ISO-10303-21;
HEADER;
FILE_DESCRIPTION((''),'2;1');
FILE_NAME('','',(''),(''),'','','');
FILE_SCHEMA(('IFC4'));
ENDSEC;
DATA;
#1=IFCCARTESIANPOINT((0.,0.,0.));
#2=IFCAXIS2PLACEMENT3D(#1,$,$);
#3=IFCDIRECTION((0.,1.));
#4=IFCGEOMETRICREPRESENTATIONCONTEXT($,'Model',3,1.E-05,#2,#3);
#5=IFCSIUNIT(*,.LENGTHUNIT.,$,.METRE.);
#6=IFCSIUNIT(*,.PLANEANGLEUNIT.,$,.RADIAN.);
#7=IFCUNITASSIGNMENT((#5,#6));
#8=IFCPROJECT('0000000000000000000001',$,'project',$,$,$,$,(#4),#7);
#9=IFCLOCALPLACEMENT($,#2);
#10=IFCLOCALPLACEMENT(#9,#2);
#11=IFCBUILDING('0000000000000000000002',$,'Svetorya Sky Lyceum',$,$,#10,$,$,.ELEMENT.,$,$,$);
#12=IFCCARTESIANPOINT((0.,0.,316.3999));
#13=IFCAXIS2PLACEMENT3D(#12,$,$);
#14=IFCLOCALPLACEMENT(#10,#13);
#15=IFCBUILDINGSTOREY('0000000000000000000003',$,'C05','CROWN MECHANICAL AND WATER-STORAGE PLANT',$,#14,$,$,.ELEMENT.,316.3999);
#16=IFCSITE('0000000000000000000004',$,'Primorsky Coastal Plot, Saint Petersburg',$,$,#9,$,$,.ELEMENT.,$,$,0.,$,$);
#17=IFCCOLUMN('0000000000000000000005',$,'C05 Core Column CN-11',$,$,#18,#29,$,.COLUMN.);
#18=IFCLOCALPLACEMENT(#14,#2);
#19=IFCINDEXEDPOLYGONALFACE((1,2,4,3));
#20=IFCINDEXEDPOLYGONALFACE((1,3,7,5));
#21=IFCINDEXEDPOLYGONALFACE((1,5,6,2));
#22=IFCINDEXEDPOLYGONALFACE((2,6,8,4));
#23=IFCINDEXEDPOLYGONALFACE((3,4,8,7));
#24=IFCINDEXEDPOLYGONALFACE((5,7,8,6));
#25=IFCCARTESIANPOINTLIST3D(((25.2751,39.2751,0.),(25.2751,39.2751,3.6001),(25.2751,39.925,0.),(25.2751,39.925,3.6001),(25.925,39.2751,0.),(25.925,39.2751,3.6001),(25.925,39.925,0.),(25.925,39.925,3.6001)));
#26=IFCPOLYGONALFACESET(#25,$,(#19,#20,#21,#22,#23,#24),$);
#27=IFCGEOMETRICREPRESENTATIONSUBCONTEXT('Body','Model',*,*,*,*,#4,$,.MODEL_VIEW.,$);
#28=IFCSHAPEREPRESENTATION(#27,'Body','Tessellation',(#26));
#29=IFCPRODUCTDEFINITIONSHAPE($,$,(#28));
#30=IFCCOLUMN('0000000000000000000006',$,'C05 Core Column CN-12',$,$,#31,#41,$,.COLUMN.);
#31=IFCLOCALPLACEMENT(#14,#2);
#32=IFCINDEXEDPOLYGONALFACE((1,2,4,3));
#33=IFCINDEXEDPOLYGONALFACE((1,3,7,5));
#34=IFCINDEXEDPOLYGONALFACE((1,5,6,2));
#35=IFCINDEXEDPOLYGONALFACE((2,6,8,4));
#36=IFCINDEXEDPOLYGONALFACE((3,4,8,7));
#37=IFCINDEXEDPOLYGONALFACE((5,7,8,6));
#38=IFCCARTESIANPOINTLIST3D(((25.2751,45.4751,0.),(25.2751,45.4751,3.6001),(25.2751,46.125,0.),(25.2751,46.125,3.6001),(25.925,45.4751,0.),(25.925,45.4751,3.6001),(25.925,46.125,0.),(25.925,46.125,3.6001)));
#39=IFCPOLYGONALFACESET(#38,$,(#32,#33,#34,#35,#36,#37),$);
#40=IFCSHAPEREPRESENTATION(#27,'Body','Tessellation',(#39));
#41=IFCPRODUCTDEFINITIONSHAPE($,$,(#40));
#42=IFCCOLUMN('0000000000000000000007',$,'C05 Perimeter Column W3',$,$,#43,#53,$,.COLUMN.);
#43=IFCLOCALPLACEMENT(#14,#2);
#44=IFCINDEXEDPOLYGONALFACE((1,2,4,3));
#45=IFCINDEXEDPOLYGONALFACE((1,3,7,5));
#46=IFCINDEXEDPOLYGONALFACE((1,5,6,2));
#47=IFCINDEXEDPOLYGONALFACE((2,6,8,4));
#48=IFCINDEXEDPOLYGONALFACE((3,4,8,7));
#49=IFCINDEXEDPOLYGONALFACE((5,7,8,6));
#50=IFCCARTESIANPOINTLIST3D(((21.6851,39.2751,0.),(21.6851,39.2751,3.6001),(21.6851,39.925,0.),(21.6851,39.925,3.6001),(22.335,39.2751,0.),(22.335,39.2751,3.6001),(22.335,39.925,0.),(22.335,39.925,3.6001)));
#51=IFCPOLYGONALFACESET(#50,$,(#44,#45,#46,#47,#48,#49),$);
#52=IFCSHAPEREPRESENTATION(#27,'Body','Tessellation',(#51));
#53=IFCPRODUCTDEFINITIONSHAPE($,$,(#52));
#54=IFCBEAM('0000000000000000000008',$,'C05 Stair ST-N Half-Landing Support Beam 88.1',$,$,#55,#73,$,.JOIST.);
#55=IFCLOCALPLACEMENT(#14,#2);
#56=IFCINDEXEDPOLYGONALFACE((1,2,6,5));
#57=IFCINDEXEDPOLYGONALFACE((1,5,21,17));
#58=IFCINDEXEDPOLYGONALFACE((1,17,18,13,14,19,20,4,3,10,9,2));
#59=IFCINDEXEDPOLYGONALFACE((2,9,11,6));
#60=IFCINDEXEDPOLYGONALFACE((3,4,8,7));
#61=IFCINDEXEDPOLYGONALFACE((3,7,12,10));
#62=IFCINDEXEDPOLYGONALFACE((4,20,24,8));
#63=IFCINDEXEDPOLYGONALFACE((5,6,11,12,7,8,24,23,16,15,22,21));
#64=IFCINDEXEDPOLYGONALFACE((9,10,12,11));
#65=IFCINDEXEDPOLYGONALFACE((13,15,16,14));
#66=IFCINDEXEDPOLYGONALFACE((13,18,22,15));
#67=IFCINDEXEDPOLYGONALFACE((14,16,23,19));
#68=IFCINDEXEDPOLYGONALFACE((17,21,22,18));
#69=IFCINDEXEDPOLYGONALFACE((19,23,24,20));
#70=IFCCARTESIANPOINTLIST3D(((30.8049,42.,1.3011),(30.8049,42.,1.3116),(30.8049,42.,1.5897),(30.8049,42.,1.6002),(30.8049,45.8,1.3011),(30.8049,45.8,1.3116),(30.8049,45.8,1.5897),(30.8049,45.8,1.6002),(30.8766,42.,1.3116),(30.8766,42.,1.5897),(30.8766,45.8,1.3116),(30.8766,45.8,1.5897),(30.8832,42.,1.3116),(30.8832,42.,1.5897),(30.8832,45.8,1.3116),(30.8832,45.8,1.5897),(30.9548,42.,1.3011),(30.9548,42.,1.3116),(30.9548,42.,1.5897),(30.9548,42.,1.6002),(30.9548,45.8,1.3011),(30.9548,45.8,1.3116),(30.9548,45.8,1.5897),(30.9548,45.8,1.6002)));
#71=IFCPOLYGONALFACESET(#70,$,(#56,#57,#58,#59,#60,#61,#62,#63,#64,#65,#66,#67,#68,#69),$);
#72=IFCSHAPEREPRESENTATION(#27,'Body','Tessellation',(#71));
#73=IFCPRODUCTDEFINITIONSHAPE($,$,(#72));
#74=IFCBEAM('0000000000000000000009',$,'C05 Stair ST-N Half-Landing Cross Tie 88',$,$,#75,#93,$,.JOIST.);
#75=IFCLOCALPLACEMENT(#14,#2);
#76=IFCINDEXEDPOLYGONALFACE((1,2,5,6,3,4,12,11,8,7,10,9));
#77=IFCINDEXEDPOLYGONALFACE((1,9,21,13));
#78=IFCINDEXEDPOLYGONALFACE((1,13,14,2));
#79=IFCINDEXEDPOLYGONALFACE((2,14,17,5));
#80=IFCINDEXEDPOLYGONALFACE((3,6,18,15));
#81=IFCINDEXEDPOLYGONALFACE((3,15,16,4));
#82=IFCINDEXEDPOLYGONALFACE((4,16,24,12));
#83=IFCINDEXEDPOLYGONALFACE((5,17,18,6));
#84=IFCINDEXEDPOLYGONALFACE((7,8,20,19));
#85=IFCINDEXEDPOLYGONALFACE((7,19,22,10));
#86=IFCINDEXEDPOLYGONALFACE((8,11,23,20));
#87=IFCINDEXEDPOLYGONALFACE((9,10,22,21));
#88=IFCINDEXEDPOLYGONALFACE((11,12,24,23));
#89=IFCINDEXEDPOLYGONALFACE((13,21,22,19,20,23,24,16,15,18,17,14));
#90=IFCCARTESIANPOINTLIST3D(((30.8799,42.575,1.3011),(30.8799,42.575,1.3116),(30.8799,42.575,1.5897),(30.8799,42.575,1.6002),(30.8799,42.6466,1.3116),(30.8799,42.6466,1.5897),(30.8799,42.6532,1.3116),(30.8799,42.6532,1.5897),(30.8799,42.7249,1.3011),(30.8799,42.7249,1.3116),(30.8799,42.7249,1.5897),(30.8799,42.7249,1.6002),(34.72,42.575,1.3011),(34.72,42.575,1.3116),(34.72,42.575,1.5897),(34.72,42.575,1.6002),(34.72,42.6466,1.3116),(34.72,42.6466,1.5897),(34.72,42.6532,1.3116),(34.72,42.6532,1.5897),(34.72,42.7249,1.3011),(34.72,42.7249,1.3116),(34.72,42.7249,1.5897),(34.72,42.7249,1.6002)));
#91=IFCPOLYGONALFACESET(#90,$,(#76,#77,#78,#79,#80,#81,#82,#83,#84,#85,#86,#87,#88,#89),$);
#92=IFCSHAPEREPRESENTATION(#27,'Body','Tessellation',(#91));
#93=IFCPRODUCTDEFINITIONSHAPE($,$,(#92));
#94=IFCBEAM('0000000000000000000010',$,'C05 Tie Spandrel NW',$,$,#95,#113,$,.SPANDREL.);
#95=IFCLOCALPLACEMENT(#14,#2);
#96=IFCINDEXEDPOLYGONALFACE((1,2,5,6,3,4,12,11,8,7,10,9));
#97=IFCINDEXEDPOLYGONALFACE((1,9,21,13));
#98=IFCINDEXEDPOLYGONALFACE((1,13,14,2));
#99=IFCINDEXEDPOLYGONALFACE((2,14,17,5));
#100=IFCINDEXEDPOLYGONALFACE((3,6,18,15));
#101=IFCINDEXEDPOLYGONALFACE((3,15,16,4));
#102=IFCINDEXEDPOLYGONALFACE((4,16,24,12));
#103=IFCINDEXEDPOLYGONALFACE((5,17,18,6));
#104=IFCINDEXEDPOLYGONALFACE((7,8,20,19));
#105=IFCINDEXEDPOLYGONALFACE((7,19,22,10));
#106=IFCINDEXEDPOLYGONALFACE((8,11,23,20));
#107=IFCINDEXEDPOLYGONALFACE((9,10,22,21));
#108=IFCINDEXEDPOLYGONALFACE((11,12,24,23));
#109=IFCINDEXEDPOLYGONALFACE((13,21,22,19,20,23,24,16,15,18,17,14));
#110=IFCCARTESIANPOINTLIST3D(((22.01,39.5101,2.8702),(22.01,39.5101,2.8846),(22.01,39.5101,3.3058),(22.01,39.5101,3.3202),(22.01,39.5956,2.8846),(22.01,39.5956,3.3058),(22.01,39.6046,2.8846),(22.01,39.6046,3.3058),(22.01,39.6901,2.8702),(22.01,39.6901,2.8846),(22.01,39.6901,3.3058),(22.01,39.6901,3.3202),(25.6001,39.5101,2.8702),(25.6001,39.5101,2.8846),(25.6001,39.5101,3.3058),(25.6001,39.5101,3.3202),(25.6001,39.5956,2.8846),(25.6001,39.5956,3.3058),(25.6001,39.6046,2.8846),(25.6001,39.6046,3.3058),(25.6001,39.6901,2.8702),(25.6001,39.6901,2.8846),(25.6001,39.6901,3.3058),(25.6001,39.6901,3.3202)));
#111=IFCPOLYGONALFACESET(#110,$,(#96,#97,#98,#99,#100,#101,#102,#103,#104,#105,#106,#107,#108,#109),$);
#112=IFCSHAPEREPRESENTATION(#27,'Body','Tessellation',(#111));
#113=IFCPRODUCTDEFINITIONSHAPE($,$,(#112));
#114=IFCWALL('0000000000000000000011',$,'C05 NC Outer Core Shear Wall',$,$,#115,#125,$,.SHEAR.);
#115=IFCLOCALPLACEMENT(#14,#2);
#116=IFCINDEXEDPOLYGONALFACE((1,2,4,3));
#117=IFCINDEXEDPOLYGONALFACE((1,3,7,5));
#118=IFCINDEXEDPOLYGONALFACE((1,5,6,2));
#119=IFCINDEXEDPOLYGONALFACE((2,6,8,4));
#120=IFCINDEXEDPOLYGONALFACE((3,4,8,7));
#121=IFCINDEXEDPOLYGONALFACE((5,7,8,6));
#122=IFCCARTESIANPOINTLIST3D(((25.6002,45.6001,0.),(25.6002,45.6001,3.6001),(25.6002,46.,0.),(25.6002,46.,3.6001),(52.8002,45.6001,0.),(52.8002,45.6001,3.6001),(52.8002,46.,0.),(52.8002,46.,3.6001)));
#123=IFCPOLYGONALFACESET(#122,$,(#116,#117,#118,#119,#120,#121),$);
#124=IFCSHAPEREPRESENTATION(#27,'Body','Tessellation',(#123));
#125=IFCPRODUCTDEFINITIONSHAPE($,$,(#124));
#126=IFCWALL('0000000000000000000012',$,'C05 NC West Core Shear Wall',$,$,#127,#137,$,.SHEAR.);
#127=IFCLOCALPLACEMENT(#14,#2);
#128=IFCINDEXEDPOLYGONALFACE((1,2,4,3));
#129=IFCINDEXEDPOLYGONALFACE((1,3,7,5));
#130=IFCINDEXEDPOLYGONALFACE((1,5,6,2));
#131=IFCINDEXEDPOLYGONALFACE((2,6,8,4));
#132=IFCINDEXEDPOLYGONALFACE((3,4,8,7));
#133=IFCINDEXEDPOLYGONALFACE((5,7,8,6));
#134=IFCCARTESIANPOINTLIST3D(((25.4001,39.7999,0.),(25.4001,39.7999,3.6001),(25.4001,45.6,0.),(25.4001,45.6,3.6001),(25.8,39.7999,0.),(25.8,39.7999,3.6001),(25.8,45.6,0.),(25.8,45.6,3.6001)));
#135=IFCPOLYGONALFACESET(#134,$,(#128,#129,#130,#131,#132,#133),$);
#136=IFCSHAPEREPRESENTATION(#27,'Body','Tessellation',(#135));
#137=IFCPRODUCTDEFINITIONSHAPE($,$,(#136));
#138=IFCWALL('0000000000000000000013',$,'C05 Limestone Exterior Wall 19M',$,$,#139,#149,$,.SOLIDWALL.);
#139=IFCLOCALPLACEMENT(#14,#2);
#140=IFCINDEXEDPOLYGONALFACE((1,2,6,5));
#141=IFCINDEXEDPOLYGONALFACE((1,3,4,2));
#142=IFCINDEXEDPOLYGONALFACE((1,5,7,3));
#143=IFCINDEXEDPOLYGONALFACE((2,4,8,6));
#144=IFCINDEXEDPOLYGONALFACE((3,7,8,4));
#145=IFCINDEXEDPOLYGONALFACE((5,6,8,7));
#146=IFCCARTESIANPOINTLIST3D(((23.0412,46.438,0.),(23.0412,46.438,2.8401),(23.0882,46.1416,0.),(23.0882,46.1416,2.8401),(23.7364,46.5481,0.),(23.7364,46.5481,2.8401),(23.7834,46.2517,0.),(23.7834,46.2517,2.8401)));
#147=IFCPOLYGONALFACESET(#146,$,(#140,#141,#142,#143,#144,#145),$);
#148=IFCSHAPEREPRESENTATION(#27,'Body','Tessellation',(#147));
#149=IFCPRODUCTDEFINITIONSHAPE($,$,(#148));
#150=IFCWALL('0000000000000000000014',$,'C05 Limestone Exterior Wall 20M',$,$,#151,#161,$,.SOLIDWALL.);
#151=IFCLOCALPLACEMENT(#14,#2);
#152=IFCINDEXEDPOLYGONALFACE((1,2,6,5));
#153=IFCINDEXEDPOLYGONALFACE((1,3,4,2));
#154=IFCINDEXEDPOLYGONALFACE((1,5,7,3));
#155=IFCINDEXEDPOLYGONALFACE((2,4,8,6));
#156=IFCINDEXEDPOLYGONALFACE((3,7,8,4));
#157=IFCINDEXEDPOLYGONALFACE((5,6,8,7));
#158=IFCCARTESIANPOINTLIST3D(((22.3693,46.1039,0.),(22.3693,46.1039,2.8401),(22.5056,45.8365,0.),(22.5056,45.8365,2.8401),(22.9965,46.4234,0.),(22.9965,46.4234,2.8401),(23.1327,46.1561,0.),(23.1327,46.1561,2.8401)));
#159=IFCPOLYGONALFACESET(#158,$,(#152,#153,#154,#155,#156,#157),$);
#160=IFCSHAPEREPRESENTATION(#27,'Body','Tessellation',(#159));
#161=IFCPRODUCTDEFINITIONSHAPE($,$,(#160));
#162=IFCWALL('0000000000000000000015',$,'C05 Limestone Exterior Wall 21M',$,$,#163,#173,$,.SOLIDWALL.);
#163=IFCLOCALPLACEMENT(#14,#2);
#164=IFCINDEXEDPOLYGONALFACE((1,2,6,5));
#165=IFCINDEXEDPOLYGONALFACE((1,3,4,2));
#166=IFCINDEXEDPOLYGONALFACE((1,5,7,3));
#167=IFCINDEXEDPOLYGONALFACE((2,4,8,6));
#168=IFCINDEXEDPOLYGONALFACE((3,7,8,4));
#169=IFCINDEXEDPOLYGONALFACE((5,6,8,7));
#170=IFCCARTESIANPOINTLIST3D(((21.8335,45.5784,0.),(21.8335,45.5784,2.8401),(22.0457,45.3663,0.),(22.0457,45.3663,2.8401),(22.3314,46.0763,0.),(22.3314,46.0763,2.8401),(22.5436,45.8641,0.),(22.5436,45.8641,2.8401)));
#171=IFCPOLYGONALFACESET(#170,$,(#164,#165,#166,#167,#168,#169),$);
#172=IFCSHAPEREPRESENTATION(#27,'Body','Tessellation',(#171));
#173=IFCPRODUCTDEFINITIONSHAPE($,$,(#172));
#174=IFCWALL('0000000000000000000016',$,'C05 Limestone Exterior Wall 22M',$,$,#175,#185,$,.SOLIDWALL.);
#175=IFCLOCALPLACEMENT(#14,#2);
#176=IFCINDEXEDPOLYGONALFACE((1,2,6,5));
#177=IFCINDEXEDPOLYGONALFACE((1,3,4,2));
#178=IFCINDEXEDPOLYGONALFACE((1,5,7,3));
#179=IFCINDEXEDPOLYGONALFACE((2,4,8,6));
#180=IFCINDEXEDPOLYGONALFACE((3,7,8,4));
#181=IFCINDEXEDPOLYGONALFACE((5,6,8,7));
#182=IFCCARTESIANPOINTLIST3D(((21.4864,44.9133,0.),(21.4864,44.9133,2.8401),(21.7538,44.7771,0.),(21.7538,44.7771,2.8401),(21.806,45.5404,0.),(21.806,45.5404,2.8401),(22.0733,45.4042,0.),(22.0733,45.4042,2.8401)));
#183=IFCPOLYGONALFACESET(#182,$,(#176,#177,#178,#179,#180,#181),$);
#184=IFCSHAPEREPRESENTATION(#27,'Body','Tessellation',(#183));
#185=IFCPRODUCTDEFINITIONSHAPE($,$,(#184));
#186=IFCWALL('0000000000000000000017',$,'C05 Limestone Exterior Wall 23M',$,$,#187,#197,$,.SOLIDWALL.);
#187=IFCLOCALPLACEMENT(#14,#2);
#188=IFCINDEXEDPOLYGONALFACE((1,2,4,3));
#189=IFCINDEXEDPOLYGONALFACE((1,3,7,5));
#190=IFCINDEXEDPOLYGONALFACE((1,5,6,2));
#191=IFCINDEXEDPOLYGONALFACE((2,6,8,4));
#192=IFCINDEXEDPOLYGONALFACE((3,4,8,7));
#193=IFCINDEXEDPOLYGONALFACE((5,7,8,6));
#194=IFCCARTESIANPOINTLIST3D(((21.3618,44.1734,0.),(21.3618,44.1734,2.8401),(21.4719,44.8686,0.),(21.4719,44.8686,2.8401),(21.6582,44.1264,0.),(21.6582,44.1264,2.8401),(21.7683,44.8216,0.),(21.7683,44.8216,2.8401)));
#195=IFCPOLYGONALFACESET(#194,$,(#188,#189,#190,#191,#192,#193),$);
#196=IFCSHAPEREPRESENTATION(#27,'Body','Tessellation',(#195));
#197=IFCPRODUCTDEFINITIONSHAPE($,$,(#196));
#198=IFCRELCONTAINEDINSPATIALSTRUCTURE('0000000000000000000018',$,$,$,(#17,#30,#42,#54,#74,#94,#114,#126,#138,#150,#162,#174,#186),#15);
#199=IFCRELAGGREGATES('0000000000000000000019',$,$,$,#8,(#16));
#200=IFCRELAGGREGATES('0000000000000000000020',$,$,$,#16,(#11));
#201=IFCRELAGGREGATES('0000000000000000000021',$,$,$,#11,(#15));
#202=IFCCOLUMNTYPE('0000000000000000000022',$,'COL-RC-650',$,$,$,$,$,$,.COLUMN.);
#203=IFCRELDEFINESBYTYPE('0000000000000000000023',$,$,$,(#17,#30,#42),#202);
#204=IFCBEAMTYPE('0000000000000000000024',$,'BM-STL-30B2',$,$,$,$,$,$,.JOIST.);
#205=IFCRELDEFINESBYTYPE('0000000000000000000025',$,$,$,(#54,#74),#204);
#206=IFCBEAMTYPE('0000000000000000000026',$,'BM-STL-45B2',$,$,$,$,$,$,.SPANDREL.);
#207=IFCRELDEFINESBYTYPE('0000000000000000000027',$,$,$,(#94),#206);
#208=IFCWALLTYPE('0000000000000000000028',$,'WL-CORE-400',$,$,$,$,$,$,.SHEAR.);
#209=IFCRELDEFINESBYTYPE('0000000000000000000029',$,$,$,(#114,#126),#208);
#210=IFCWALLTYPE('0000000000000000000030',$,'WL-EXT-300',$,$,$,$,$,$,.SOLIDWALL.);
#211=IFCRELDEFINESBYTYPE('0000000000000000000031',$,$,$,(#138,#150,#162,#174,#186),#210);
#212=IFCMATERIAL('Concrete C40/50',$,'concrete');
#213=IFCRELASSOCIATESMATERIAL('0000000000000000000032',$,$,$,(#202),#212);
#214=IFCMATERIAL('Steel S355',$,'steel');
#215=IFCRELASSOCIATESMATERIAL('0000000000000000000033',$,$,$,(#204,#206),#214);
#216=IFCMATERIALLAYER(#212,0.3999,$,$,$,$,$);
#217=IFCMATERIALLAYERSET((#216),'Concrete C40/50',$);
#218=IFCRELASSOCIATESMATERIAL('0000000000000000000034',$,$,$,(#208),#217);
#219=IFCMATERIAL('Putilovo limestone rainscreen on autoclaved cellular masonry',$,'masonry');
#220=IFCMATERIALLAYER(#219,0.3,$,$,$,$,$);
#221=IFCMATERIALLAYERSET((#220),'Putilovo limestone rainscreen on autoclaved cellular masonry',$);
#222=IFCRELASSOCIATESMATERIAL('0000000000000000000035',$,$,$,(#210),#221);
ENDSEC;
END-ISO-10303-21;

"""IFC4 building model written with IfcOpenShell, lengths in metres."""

from ifc_helpers import new_model, si_unit, direction, frame, frame_2d, origin, origin_2d, place, context, subcontext, project, spatial, rectangle, i_section, extrude, material, layer, layer_set, material_profile, profile_set, type_object, element, save


model = new_model("IFC4")

# Units and contexts
model_context = context("Model", 3, precision=1e-05, world=origin(), true_north=direction((0.0, 1.0)))
body_context = subcontext(model_context, "Body", "Model", "MODEL_VIEW")
ifc_project = project(units=[si_unit("LENGTHUNIT", "METRE"), si_unit("PLANEANGLEUNIT", "RADIAN")], contexts=[model_context])

# Site, building, storey
site_placement = place(None, origin())
site = spatial("IfcSite", under=ifc_project, at=site_placement, Name="Primorsky Coastal Plot, Saint Petersburg", CompositionType="ELEMENT", RefElevation=0.0)
building_placement = place(site_placement, origin())
building = spatial("IfcBuilding", under=site, at=building_placement, Name="Svetorya Sky Lyceum", CompositionType="ELEMENT")
storey_placement = place(building_placement, frame((0.0, 0.0, 316.3999)))
storey = spatial("IfcBuildingStorey", under=building, at=storey_placement, Name="C05", Description="CROWN MECHANICAL AND WATER-STORAGE PLANT", CompositionType="ELEMENT", Elevation=316.3999)

# Columns
ifc_material_1 = material(Name="Concrete C40/50", Category="concrete")
ifc_material_profile_1 = material_profile(ifc_material_1, rectangle(XDim=0.6499, YDim=0.6499, at=origin_2d()), Name="RC COL 650x650")
ifc_profile_set_1 = profile_set([ifc_material_profile_1], Name="Concrete C40/50")
column_type = type_object("IfcColumnType", Name="COL-RC-650", PredefinedType="COLUMN", material=ifc_profile_set_1)
for number, where, z_axis, x_axis, name in (
    (1, (25.6001, 39.6001, 0.0), (0.0, 0.0, 1.0), (1.0, 0.0, 0.0), "C05 Core Column CN-11"),
    (2, (25.6001, 45.8, 0.0), (0.0, 0.0, 1.0), (1.0, 0.0, 0.0), "C05 Core Column CN-12"),
    (3, (22.01, 39.6001, 0.0), (0.0, 0.0, 1.0), (1.0, 0.0, 0.0), "C05 Perimeter Column W3"),
):
    element("IfcColumn", number, at=place(storey_placement, frame(where, z_axis=z_axis, x_axis=x_axis)), inside=storey, type_object=column_type, Name=name, PredefinedType="COLUMN", context=body_context, shape_type="SweptSolid", body=[
        extrude(rectangle(XDim=0.6499, YDim=0.6499, at=origin_2d()), origin(), (0.0, 0.0, 1.0), 3.6001),
    ])

# Beams
ifc_material_2 = material(Name="Steel S355", Category="steel")
ifc_material_profile_2 = material_profile(ifc_material_2, i_section(OverallWidth=0.1499, OverallDepth=0.2991, WebThickness=0.0066, FlangeThickness=0.0105, at=origin_2d()), Name="GOST 30B2")
ifc_profile_set_2 = profile_set([ifc_material_profile_2], Name="Steel S355")
beam_type_1 = type_object("IfcBeamType", Name="BM-STL-30B2", PredefinedType="JOIST", material=ifc_profile_set_2)
beam_1_placement = place(storey_placement, frame((30.8799, 42.0, 1.4507), z_axis=(0.0, 1.0, 0.0), x_axis=(-1.0, 0.0, 0.0)))
element("IfcBeam", 4, at=beam_1_placement, inside=storey, type_object=beam_type_1, Name="C05 Stair ST-N Half-Landing Support Beam 88.1", PredefinedType="JOIST", context=body_context, shape_type="SweptSolid", body=[
    extrude(i_section(OverallWidth=0.1499, OverallDepth=0.2991, WebThickness=0.0066, FlangeThickness=0.0105, at=origin_2d()), origin(), (0.0, 0.0, 1.0), 3.8),
])
beam_2_placement = place(storey_placement, frame((30.8799, 42.6499, 1.4507), z_axis=(1.0, 0.0, 0.0), x_axis=(0.0, 1.0, 0.0)))
element("IfcBeam", 5, at=beam_2_placement, inside=storey, type_object=beam_type_1, Name="C05 Stair ST-N Half-Landing Cross Tie 88", PredefinedType="JOIST", context=body_context, shape_type="SweptSolid", body=[
    extrude(i_section(OverallWidth=0.1499, OverallDepth=0.2991, WebThickness=0.0066, FlangeThickness=0.0105, at=origin_2d()), origin(), (0.0, 0.0, 1.0), 3.8401),
])
ifc_material_profile_3 = material_profile(ifc_material_2, i_section(OverallWidth=0.1799, OverallDepth=0.45, WebThickness=0.009, FlangeThickness=0.0144, at=origin_2d()), Name="GOST 45B2")
ifc_profile_set_3 = profile_set([ifc_material_profile_3], Name="Steel S355")
beam_type_2 = type_object("IfcBeamType", Name="BM-STL-45B2", PredefinedType="SPANDREL", material=ifc_profile_set_3)
beam_3_placement = place(storey_placement, frame((22.01, 39.6001, 3.0952), z_axis=(1.0, 0.0, 0.0), x_axis=(0.0, 1.0, 0.0)))
element("IfcBeam", 6, at=beam_3_placement, inside=storey, type_object=beam_type_2, Name="C05 Tie Spandrel NW", PredefinedType="SPANDREL", context=body_context, shape_type="SweptSolid", body=[
    extrude(i_section(OverallWidth=0.1799, OverallDepth=0.45, WebThickness=0.009, FlangeThickness=0.0144, at=origin_2d()), origin(), (0.0, 0.0, 1.0), 3.5901),
])

# Walls
ifc_layer_1 = layer(ifc_material_1, 0.3999)
ifc_layer_set_1 = layer_set([ifc_layer_1], Name="Concrete C40/50")
wall_type_1 = type_object("IfcWallType", Name="WL-CORE-400", PredefinedType="SHEAR", material=ifc_layer_set_1)
wall_1_placement = place(storey_placement, frame((25.6001, 45.8, 0.0), z_axis=(0.0, 0.0, 1.0), x_axis=(1.0, 0.0, 0.0)))
element("IfcWall", 7, at=wall_1_placement, inside=storey, type_object=wall_type_1, Name="C05 NC Outer Core Shear Wall", PredefinedType="SHEAR", context=body_context, shape_type="SweptSolid", body=[
    extrude(rectangle(XDim=27.2, YDim=0.3999, at=frame_2d((13.6001, 0.0))), origin(), (0.0, 0.0, 1.0), 3.6001),
])
wall_2_placement = place(storey_placement, frame((25.6001, 39.8, 0.0), z_axis=(0.0, 0.0, 1.0), x_axis=(0.0, 1.0, 0.0)))
element("IfcWall", 8, at=wall_2_placement, inside=storey, type_object=wall_type_1, Name="C05 NC West Core Shear Wall", PredefinedType="SHEAR", context=body_context, shape_type="SweptSolid", body=[
    extrude(rectangle(XDim=5.8, YDim=0.3999, at=frame_2d((2.8999, 0.0))), origin(), (0.0, 0.0, 1.0), 3.6001),
])
ifc_material_3 = material(Name="Putilovo limestone rainscreen on autoclaved cellular masonry", Category="masonry")
ifc_layer_2 = layer(ifc_material_3, 0.3)
ifc_layer_set_2 = layer_set([ifc_layer_2], Name="Putilovo limestone rainscreen on autoclaved cellular masonry")
wall_type_2 = type_object("IfcWallType", Name="WL-EXT-300", PredefinedType="SOLIDWALL", material=ifc_layer_set_2)
for number, where, z_axis, x_axis, name in (
    (9, (23.76, 46.3999, 0.0), (0.0, 0.0, 1.0), (-0.987693, -0.156408, 0.0), "C05 Limestone Exterior Wall 19M"),
    (10, (23.0647, 46.2898, 0.0), (0.0, 0.0, 1.0), (-0.891002, -0.453999, 0.0), "C05 Limestone Exterior Wall 20M"),
):
    element("IfcWall", number, at=place(storey_placement, frame(where, z_axis=z_axis, x_axis=x_axis)), inside=storey, type_object=wall_type_2, Name=name, PredefinedType="SOLIDWALL", context=body_context, shape_type="SweptSolid", body=[
        extrude(rectangle(XDim=0.7039, YDim=0.3, at=frame_2d((0.3521, 0.0))), origin(), (0.0, 0.0, 1.0), 2.8401),
    ])
wall_3_placement = place(storey_placement, frame((22.4375, 45.9702, 0.0), z_axis=(0.0, 0.0, 1.0), x_axis=(-0.707107, -0.707107, 0.0)))
element("IfcWall", 11, at=wall_3_placement, inside=storey, type_object=wall_type_2, Name="C05 Limestone Exterior Wall 21M", PredefinedType="SOLIDWALL", context=body_context, shape_type="SweptSolid", body=[
    extrude(rectangle(XDim=0.7041, YDim=0.3, at=frame_2d((0.3521, 0.0))), origin(), (0.0, 0.0, 1.0), 2.8401),
])
for number, where, z_axis, x_axis, name in (
    (12, (21.9397, 45.4724, 0.0), (0.0, 0.0, 1.0), (-0.453999, -0.891002, 0.0), "C05 Limestone Exterior Wall 22M"),
    (13, (21.6201, 44.8452, 0.0), (0.0, 0.0, 1.0), (-0.156408, -0.987693, 0.0), "C05 Limestone Exterior Wall 23M"),
):
    element("IfcWall", number, at=place(storey_placement, frame(where, z_axis=z_axis, x_axis=x_axis)), inside=storey, type_object=wall_type_2, Name=name, PredefinedType="SOLIDWALL", context=body_context, shape_type="SweptSolid", body=[
        extrude(rectangle(XDim=0.7039, YDim=0.3, at=frame_2d((0.3521, 0.0))), origin(), (0.0, 0.0, 1.0), 2.8401),
    ])

save(model, "model.ifc")
